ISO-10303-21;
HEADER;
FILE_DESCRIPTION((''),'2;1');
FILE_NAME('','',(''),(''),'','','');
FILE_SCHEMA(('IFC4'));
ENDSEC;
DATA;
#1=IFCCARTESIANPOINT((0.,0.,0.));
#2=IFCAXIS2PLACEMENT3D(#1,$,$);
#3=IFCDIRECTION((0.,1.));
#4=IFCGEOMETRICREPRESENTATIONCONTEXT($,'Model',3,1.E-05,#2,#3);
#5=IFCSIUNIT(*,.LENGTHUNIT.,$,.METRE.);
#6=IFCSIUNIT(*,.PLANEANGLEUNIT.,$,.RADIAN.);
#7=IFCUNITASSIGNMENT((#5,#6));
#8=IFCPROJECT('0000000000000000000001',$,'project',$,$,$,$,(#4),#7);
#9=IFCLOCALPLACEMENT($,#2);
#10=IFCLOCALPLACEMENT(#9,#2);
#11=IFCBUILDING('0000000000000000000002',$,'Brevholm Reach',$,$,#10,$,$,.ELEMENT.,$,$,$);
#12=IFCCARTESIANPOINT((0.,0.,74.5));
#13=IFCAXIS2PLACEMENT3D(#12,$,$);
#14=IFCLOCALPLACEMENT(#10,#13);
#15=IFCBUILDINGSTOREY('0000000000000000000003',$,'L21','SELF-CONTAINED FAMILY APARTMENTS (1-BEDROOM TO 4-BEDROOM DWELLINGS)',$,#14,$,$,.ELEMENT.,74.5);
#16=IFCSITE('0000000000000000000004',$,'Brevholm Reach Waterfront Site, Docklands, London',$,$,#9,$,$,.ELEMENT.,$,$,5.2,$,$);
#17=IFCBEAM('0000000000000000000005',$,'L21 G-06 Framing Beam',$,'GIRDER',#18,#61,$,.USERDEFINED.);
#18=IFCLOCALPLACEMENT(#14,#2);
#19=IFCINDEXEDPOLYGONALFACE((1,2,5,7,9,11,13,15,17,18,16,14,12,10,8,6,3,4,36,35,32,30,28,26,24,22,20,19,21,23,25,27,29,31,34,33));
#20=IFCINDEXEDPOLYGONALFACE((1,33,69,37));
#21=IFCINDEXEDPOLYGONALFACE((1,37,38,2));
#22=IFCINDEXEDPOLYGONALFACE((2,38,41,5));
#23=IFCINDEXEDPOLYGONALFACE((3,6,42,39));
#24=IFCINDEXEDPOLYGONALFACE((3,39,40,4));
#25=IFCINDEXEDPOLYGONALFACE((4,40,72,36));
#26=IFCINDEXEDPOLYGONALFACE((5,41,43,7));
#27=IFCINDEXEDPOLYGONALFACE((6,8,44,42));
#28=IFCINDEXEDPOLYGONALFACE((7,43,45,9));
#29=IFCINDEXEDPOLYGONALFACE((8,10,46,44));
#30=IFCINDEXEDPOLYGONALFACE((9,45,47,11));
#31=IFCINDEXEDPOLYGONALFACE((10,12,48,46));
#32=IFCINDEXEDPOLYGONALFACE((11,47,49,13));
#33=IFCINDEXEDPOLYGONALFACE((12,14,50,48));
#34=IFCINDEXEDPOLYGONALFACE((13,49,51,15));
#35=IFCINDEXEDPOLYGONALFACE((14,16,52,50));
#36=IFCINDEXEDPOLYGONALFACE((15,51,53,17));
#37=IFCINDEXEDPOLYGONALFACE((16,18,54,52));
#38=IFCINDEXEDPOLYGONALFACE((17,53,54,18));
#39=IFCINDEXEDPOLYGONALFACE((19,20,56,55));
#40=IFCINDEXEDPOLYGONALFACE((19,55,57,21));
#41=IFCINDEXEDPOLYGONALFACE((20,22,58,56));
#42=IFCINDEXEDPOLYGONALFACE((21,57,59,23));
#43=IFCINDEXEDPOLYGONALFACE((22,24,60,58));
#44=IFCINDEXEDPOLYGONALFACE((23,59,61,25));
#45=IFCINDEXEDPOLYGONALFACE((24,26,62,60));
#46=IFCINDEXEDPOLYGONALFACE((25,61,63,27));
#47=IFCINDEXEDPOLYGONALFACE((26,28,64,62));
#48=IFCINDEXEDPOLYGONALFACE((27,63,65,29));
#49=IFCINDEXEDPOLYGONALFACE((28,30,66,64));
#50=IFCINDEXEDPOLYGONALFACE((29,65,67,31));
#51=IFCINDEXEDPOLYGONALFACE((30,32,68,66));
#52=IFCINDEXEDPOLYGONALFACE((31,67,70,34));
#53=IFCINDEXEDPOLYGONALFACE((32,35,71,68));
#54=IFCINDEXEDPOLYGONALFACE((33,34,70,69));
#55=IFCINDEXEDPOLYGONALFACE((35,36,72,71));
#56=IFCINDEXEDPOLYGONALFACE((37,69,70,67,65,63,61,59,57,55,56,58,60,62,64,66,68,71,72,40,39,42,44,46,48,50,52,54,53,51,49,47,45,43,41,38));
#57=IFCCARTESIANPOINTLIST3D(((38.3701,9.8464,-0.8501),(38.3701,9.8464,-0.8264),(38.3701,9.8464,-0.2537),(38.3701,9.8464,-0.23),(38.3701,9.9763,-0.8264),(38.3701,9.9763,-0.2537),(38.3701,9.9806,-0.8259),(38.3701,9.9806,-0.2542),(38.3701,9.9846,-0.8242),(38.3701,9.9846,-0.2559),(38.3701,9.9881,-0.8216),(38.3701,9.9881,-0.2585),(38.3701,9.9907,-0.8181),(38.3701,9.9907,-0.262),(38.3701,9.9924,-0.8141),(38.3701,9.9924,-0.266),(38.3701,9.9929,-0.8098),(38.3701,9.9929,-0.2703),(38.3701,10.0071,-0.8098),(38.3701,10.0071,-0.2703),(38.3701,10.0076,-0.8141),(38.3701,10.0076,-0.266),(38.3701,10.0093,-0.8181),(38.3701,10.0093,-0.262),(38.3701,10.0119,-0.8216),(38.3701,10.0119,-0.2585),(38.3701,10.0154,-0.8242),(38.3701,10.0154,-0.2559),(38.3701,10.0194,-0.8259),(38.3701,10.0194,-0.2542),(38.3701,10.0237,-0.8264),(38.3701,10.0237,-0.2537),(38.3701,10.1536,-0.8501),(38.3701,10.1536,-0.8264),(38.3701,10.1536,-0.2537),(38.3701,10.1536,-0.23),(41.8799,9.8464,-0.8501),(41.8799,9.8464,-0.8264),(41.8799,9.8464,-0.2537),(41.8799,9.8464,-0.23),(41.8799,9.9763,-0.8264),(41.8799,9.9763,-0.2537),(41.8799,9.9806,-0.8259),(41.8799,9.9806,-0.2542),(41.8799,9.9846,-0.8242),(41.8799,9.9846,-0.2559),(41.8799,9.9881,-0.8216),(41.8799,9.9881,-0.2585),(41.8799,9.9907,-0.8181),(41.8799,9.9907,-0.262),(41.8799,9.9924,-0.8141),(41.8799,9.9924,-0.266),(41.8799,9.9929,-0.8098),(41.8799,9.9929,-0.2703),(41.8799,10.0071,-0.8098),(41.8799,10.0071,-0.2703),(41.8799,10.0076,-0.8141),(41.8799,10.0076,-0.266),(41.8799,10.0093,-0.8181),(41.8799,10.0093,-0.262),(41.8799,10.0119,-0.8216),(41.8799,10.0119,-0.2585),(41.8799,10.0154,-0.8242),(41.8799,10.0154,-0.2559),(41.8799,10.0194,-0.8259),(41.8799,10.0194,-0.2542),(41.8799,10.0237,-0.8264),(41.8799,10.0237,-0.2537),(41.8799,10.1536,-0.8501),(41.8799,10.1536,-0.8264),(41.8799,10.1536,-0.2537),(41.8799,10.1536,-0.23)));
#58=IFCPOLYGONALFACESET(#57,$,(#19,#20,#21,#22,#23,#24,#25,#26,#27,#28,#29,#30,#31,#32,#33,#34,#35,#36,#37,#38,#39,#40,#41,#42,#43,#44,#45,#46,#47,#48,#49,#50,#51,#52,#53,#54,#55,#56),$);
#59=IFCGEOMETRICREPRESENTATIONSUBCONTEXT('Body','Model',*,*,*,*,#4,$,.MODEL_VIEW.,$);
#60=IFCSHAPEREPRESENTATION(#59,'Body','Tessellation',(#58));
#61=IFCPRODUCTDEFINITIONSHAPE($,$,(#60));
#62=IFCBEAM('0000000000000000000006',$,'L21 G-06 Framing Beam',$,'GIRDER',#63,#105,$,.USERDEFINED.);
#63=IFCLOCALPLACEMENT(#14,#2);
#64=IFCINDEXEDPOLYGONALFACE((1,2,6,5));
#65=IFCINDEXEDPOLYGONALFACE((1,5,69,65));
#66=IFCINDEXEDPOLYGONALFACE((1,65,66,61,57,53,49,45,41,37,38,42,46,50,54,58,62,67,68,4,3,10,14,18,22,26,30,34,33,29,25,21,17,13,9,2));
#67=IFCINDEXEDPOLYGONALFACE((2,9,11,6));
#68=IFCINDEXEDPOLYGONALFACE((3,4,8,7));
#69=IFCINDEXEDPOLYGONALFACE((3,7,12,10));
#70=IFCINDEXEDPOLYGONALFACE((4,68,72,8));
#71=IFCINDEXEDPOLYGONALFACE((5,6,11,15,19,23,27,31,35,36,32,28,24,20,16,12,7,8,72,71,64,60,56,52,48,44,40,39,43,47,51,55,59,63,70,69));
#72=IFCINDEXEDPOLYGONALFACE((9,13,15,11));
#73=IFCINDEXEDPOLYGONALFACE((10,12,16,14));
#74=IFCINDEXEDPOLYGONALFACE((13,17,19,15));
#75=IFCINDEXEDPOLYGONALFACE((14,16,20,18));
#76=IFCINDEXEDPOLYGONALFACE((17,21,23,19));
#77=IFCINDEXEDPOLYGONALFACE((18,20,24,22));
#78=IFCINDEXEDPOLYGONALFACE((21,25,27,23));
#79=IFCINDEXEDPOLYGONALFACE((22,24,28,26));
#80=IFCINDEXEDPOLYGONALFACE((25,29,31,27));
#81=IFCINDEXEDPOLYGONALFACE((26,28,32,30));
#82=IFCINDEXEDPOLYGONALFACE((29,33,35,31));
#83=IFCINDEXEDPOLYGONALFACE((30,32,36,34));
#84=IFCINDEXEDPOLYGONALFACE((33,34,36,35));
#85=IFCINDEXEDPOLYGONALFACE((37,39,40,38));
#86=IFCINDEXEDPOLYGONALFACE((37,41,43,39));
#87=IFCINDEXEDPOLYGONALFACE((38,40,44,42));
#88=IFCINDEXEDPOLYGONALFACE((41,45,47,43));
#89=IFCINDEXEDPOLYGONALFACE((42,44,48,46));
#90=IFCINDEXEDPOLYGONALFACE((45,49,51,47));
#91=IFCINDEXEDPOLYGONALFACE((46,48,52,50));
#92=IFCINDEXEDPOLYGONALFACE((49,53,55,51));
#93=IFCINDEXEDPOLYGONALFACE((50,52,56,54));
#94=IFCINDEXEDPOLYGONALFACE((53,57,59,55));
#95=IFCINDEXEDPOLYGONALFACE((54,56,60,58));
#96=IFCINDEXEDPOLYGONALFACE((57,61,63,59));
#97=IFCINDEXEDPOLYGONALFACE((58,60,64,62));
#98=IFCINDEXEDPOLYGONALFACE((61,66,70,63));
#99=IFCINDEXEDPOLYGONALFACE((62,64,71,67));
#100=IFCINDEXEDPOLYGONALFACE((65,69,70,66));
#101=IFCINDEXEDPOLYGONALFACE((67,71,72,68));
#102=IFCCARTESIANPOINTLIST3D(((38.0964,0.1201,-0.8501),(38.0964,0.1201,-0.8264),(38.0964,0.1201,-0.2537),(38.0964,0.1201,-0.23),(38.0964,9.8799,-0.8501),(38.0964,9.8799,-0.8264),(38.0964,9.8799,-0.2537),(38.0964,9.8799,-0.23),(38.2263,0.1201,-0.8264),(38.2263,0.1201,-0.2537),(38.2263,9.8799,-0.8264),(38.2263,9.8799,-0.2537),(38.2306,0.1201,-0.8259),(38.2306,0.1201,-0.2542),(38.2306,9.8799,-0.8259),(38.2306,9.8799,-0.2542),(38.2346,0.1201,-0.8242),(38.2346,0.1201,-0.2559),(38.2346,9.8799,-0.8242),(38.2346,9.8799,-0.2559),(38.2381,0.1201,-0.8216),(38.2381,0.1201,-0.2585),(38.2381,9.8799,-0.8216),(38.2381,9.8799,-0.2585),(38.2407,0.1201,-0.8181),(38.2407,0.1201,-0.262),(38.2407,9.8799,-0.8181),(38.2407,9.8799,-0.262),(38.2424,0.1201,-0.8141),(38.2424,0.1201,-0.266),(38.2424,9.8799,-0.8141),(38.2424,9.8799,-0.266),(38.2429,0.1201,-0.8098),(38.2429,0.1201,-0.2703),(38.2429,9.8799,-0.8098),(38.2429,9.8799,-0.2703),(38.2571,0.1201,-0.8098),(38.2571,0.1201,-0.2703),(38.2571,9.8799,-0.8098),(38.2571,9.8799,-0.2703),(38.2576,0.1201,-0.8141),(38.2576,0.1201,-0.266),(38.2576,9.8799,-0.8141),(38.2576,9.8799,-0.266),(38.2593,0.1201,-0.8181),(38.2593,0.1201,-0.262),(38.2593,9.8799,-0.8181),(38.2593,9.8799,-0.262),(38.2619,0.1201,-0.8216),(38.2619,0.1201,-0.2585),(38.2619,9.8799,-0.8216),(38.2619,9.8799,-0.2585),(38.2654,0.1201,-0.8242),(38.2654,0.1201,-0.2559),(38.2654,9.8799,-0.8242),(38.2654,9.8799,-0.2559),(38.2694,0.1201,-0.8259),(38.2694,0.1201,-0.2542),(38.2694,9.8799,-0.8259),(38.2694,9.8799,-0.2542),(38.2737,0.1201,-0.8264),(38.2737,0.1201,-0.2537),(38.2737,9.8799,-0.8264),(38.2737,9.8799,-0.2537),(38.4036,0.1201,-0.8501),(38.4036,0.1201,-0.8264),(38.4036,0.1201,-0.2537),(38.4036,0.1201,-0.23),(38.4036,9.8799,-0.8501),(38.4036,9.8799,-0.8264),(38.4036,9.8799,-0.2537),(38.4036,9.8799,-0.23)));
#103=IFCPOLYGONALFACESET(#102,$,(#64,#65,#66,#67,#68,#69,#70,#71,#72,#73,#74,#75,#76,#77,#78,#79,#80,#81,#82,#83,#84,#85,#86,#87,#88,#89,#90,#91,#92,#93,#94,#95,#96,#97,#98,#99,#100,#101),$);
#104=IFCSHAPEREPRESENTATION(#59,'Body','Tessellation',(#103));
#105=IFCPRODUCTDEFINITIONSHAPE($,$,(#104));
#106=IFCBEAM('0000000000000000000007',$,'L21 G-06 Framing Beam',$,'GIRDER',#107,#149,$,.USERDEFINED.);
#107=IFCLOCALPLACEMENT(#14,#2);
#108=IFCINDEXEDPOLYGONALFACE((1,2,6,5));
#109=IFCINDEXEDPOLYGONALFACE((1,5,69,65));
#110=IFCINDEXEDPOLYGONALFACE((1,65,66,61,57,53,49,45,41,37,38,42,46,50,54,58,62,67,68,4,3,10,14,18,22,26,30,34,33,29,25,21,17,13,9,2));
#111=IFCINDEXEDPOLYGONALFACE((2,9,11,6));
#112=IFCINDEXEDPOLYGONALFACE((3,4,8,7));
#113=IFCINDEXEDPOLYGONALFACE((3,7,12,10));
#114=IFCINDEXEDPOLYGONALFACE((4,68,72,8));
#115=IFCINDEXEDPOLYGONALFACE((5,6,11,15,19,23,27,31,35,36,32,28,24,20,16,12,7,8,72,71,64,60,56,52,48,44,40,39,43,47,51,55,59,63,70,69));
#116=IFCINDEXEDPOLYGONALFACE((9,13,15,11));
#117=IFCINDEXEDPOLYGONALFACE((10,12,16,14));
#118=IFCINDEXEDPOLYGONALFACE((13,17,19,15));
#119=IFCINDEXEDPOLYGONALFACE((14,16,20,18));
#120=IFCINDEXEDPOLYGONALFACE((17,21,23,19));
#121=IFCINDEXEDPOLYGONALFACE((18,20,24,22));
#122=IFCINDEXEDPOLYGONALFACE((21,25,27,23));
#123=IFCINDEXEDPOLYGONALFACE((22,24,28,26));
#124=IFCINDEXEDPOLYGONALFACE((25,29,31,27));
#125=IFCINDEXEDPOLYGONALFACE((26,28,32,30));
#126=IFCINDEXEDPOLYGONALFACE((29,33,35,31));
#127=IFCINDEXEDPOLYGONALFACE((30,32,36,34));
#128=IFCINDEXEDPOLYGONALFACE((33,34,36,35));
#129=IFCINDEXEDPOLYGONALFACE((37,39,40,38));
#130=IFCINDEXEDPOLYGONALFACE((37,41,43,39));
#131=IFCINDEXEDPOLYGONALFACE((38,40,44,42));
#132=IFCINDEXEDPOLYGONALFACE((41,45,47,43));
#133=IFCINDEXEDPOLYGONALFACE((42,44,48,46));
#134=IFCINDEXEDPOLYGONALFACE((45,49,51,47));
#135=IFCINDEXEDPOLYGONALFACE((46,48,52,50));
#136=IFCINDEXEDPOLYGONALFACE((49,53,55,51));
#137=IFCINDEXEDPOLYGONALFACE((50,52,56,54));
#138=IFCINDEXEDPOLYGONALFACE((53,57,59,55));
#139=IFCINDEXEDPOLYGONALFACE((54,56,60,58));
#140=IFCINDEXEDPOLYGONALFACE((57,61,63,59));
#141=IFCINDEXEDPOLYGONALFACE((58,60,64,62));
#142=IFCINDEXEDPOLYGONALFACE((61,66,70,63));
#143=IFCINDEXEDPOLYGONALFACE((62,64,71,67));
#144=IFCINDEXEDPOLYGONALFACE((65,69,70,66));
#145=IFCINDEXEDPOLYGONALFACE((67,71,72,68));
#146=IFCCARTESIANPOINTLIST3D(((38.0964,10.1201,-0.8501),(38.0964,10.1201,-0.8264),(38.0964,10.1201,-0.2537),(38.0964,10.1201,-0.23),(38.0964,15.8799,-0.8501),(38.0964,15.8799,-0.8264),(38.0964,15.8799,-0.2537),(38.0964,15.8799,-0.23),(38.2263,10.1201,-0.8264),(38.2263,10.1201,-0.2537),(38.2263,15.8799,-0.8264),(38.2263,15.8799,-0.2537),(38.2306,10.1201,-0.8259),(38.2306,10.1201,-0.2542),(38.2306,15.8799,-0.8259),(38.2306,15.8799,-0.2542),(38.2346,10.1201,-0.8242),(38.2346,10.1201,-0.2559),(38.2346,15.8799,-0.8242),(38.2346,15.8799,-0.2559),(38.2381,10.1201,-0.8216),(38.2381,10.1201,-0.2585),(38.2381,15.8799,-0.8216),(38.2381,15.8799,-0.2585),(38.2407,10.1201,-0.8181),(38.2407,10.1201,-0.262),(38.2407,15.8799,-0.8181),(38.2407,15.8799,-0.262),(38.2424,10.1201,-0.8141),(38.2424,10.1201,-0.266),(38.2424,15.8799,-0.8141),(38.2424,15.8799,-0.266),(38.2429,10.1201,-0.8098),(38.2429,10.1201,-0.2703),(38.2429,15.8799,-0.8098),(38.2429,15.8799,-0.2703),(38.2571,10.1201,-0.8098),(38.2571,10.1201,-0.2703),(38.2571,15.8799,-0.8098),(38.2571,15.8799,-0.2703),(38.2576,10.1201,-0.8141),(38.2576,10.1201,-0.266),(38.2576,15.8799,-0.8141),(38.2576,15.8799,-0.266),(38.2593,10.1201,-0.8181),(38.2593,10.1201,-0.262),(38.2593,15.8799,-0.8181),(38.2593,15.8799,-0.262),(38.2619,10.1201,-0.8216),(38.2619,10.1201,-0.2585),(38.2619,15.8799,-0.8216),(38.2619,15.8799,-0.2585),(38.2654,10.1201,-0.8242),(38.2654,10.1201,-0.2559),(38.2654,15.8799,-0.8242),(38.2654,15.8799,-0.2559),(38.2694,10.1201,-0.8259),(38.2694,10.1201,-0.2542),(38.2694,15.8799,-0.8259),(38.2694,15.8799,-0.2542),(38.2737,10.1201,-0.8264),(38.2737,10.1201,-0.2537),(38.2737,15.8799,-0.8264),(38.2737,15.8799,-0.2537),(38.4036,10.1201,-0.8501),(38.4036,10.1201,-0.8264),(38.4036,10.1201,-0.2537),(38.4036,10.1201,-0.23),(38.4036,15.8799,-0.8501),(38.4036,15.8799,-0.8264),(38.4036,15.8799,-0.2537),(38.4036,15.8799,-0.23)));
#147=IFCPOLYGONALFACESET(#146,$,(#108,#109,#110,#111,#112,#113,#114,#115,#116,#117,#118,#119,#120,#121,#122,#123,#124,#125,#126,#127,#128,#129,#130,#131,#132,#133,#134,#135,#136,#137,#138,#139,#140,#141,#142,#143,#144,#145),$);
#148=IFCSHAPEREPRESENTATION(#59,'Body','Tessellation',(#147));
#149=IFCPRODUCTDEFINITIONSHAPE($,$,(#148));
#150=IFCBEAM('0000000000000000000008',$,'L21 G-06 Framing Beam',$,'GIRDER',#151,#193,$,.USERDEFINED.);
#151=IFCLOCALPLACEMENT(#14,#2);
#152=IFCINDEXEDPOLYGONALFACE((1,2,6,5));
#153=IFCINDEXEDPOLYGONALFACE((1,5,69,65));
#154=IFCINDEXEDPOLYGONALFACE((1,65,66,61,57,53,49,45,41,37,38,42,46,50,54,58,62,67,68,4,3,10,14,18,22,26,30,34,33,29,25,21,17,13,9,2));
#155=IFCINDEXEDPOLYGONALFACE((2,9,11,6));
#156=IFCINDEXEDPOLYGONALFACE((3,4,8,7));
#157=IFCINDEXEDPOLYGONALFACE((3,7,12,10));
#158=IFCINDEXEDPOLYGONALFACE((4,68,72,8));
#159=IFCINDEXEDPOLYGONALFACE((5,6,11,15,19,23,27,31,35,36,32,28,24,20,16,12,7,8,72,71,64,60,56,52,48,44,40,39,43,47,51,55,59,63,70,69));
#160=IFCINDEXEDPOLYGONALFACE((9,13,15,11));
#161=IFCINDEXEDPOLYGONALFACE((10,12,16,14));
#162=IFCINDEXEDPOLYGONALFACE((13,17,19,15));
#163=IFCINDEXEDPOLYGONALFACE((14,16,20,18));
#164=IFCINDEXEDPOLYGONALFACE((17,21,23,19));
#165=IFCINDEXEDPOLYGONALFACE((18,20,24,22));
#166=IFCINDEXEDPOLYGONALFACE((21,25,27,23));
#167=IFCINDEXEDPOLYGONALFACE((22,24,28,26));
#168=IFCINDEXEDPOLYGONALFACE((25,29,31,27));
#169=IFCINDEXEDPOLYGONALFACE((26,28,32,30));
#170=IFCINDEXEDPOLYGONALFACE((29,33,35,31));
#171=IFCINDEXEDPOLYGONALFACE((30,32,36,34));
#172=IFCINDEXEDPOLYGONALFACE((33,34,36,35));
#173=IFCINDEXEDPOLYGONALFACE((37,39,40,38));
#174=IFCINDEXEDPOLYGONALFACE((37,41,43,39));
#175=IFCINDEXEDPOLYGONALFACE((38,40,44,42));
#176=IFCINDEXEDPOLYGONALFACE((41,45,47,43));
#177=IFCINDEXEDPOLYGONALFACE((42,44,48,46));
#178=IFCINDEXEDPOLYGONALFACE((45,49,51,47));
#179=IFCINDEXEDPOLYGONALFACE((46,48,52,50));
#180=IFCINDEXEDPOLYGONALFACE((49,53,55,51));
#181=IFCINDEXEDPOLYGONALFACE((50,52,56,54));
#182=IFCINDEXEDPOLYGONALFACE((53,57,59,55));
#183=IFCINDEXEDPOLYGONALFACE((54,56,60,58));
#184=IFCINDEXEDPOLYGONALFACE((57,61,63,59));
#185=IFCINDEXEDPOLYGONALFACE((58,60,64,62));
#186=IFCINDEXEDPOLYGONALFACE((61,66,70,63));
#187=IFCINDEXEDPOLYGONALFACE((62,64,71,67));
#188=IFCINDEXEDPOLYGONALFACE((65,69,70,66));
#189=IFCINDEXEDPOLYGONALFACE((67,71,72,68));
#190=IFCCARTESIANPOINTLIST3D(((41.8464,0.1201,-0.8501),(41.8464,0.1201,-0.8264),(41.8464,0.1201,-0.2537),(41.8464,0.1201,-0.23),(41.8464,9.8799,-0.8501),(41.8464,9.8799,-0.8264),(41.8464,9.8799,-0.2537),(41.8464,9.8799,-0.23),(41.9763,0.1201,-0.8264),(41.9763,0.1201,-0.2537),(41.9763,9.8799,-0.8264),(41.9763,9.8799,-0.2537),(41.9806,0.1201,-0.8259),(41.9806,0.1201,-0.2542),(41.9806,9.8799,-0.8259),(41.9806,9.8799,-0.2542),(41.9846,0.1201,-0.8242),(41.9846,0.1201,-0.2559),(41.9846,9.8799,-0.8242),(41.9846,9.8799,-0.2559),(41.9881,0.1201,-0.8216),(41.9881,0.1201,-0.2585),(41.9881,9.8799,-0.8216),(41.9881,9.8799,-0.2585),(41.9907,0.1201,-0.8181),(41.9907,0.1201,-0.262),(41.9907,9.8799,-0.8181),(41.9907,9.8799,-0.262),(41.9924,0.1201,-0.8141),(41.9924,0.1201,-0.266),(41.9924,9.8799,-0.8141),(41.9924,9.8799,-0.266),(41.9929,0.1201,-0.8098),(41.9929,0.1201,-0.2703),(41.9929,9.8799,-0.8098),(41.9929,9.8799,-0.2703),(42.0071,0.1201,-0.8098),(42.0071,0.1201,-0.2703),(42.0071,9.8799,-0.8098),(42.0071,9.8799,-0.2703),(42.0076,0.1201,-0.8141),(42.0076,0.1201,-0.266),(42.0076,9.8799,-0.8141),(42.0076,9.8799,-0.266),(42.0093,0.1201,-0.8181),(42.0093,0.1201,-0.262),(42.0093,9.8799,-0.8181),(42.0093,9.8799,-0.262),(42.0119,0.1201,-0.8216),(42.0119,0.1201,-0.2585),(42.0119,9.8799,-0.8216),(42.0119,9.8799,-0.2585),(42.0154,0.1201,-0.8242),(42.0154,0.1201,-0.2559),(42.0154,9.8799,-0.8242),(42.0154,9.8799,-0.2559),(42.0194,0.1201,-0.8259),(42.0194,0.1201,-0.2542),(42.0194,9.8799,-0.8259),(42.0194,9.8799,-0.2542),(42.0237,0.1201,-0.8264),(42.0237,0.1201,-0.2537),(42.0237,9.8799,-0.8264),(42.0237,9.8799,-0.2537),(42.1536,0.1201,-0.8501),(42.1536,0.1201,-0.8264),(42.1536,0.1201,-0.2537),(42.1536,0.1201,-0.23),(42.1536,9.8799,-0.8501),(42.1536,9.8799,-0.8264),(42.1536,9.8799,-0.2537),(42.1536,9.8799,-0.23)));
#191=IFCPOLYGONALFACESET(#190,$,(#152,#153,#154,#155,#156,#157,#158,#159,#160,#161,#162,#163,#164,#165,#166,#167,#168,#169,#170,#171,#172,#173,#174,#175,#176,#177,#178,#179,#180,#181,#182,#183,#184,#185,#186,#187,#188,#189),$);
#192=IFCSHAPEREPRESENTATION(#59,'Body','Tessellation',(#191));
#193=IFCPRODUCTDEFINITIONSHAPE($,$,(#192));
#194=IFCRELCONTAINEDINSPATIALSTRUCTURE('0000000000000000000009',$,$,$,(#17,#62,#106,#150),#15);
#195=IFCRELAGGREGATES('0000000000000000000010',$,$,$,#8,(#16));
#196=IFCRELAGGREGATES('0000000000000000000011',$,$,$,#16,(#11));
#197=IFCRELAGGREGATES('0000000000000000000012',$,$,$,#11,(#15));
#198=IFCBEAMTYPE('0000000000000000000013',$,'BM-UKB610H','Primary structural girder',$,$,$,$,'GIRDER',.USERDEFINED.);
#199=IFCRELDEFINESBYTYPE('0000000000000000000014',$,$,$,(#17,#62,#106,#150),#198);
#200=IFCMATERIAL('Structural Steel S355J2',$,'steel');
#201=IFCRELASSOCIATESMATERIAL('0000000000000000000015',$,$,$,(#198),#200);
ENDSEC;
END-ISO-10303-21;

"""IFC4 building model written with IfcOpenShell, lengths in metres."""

from ifc_helpers import new_model, si_unit, direction, frame, origin, origin_2d, place, context, subcontext, project, spatial, i_section, extrude, material, material_profile, profile_set, type_object, element, save


model = new_model("IFC4")

# Units and contexts
model_context = context("Model", 3, precision=1e-05, world=origin(), true_north=direction((0.0, 1.0)))
body_context = subcontext(model_context, "Body", "Model", "MODEL_VIEW")
ifc_project = project(units=[si_unit("LENGTHUNIT", "METRE"), si_unit("PLANEANGLEUNIT", "RADIAN")], contexts=[model_context])

# Site, building, storey
site_placement = place(None, origin())
site = spatial("IfcSite", under=ifc_project, at=site_placement, Name="Brevholm Reach Waterfront Site, Docklands, London", CompositionType="ELEMENT", RefElevation=5.2)
building_placement = place(site_placement, origin())
building = spatial("IfcBuilding", under=site, at=building_placement, Name="Brevholm Reach", CompositionType="ELEMENT")
storey_placement = place(building_placement, frame((0.0, 0.0, 74.5)))
storey = spatial("IfcBuildingStorey", under=building, at=storey_placement, Name="L21", Description="SELF-CONTAINED FAMILY APARTMENTS (1-BEDROOM TO 4-BEDROOM DWELLINGS)", CompositionType="ELEMENT", Elevation=74.5)

# Beams
ifc_material_1 = material(Name="Structural Steel S355J2", Category="steel")
ifc_material_profile_1 = material_profile(ifc_material_1, i_section(OverallWidth=0.3071, OverallDepth=0.6201, WebThickness=0.0142, FlangeThickness=0.0237, FilletRadius=0.0166, at=origin_2d()), Name="UKB 610x305x179")
ifc_profile_set_1 = profile_set([ifc_material_profile_1], Name="Structural Steel S355J2")
beam_type_1 = type_object("IfcBeamType", Name="BM-UKB610H", Description="Primary structural girder", ElementType="GIRDER", PredefinedType="USERDEFINED", material=ifc_profile_set_1)
beam_1_placement = place(storey_placement, frame((38.3701, 10.0, -0.54), z_axis=(1.0, 0.0, 0.0), x_axis=(0.0, 1.0, 0.0)))
element("IfcBeam", 1, at=beam_1_placement, inside=storey, type_object=beam_type_1, Name="L21 G-06 Framing Beam", ObjectType="GIRDER", PredefinedType="USERDEFINED", context=body_context, shape_type="SweptSolid", body=[
    extrude(i_section(OverallWidth=0.3071, OverallDepth=0.6201, WebThickness=0.0142, FlangeThickness=0.0237, FilletRadius=0.0166, at=origin_2d()), origin(), (0.0, 0.0, 1.0), 3.5098),
])
beam_2_placement = place(storey_placement, frame((38.25, 0.1201, -0.54), z_axis=(0.0, 1.0, 0.0), x_axis=(-1.0, 0.0, 0.0)))
element("IfcBeam", 2, at=beam_2_placement, inside=storey, type_object=beam_type_1, Name="L21 G-06 Framing Beam", ObjectType="GIRDER", PredefinedType="USERDEFINED", context=body_context, shape_type="SweptSolid", body=[
    extrude(i_section(OverallWidth=0.3071, OverallDepth=0.6201, WebThickness=0.0142, FlangeThickness=0.0237, FilletRadius=0.0166, at=origin_2d()), origin(), (0.0, 0.0, 1.0), 9.7598),
])
beam_3_placement = place(storey_placement, frame((38.25, 10.1201, -0.54), z_axis=(0.0, 1.0, 0.0), x_axis=(-1.0, 0.0, 0.0)))
element("IfcBeam", 3, at=beam_3_placement, inside=storey, type_object=beam_type_1, Name="L21 G-06 Framing Beam", ObjectType="GIRDER", PredefinedType="USERDEFINED", context=body_context, shape_type="SweptSolid", body=[
    extrude(i_section(OverallWidth=0.3071, OverallDepth=0.6201, WebThickness=0.0142, FlangeThickness=0.0237, FilletRadius=0.0166, at=origin_2d()), origin(), (0.0, 0.0, 1.0), 5.7598),
])
beam_4_placement = place(storey_placement, frame((42.0, 0.1201, -0.54), z_axis=(0.0, 1.0, 0.0), x_axis=(-1.0, 0.0, 0.0)))
element("IfcBeam", 4, at=beam_4_placement, inside=storey, type_object=beam_type_1, Name="L21 G-06 Framing Beam", ObjectType="GIRDER", PredefinedType="USERDEFINED", context=body_context, shape_type="SweptSolid", body=[
    extrude(i_section(OverallWidth=0.3071, OverallDepth=0.6201, WebThickness=0.0142, FlangeThickness=0.0237, FilletRadius=0.0166, at=origin_2d()), origin(), (0.0, 0.0, 1.0), 9.7598),
])

save(model, "model.ifc")
